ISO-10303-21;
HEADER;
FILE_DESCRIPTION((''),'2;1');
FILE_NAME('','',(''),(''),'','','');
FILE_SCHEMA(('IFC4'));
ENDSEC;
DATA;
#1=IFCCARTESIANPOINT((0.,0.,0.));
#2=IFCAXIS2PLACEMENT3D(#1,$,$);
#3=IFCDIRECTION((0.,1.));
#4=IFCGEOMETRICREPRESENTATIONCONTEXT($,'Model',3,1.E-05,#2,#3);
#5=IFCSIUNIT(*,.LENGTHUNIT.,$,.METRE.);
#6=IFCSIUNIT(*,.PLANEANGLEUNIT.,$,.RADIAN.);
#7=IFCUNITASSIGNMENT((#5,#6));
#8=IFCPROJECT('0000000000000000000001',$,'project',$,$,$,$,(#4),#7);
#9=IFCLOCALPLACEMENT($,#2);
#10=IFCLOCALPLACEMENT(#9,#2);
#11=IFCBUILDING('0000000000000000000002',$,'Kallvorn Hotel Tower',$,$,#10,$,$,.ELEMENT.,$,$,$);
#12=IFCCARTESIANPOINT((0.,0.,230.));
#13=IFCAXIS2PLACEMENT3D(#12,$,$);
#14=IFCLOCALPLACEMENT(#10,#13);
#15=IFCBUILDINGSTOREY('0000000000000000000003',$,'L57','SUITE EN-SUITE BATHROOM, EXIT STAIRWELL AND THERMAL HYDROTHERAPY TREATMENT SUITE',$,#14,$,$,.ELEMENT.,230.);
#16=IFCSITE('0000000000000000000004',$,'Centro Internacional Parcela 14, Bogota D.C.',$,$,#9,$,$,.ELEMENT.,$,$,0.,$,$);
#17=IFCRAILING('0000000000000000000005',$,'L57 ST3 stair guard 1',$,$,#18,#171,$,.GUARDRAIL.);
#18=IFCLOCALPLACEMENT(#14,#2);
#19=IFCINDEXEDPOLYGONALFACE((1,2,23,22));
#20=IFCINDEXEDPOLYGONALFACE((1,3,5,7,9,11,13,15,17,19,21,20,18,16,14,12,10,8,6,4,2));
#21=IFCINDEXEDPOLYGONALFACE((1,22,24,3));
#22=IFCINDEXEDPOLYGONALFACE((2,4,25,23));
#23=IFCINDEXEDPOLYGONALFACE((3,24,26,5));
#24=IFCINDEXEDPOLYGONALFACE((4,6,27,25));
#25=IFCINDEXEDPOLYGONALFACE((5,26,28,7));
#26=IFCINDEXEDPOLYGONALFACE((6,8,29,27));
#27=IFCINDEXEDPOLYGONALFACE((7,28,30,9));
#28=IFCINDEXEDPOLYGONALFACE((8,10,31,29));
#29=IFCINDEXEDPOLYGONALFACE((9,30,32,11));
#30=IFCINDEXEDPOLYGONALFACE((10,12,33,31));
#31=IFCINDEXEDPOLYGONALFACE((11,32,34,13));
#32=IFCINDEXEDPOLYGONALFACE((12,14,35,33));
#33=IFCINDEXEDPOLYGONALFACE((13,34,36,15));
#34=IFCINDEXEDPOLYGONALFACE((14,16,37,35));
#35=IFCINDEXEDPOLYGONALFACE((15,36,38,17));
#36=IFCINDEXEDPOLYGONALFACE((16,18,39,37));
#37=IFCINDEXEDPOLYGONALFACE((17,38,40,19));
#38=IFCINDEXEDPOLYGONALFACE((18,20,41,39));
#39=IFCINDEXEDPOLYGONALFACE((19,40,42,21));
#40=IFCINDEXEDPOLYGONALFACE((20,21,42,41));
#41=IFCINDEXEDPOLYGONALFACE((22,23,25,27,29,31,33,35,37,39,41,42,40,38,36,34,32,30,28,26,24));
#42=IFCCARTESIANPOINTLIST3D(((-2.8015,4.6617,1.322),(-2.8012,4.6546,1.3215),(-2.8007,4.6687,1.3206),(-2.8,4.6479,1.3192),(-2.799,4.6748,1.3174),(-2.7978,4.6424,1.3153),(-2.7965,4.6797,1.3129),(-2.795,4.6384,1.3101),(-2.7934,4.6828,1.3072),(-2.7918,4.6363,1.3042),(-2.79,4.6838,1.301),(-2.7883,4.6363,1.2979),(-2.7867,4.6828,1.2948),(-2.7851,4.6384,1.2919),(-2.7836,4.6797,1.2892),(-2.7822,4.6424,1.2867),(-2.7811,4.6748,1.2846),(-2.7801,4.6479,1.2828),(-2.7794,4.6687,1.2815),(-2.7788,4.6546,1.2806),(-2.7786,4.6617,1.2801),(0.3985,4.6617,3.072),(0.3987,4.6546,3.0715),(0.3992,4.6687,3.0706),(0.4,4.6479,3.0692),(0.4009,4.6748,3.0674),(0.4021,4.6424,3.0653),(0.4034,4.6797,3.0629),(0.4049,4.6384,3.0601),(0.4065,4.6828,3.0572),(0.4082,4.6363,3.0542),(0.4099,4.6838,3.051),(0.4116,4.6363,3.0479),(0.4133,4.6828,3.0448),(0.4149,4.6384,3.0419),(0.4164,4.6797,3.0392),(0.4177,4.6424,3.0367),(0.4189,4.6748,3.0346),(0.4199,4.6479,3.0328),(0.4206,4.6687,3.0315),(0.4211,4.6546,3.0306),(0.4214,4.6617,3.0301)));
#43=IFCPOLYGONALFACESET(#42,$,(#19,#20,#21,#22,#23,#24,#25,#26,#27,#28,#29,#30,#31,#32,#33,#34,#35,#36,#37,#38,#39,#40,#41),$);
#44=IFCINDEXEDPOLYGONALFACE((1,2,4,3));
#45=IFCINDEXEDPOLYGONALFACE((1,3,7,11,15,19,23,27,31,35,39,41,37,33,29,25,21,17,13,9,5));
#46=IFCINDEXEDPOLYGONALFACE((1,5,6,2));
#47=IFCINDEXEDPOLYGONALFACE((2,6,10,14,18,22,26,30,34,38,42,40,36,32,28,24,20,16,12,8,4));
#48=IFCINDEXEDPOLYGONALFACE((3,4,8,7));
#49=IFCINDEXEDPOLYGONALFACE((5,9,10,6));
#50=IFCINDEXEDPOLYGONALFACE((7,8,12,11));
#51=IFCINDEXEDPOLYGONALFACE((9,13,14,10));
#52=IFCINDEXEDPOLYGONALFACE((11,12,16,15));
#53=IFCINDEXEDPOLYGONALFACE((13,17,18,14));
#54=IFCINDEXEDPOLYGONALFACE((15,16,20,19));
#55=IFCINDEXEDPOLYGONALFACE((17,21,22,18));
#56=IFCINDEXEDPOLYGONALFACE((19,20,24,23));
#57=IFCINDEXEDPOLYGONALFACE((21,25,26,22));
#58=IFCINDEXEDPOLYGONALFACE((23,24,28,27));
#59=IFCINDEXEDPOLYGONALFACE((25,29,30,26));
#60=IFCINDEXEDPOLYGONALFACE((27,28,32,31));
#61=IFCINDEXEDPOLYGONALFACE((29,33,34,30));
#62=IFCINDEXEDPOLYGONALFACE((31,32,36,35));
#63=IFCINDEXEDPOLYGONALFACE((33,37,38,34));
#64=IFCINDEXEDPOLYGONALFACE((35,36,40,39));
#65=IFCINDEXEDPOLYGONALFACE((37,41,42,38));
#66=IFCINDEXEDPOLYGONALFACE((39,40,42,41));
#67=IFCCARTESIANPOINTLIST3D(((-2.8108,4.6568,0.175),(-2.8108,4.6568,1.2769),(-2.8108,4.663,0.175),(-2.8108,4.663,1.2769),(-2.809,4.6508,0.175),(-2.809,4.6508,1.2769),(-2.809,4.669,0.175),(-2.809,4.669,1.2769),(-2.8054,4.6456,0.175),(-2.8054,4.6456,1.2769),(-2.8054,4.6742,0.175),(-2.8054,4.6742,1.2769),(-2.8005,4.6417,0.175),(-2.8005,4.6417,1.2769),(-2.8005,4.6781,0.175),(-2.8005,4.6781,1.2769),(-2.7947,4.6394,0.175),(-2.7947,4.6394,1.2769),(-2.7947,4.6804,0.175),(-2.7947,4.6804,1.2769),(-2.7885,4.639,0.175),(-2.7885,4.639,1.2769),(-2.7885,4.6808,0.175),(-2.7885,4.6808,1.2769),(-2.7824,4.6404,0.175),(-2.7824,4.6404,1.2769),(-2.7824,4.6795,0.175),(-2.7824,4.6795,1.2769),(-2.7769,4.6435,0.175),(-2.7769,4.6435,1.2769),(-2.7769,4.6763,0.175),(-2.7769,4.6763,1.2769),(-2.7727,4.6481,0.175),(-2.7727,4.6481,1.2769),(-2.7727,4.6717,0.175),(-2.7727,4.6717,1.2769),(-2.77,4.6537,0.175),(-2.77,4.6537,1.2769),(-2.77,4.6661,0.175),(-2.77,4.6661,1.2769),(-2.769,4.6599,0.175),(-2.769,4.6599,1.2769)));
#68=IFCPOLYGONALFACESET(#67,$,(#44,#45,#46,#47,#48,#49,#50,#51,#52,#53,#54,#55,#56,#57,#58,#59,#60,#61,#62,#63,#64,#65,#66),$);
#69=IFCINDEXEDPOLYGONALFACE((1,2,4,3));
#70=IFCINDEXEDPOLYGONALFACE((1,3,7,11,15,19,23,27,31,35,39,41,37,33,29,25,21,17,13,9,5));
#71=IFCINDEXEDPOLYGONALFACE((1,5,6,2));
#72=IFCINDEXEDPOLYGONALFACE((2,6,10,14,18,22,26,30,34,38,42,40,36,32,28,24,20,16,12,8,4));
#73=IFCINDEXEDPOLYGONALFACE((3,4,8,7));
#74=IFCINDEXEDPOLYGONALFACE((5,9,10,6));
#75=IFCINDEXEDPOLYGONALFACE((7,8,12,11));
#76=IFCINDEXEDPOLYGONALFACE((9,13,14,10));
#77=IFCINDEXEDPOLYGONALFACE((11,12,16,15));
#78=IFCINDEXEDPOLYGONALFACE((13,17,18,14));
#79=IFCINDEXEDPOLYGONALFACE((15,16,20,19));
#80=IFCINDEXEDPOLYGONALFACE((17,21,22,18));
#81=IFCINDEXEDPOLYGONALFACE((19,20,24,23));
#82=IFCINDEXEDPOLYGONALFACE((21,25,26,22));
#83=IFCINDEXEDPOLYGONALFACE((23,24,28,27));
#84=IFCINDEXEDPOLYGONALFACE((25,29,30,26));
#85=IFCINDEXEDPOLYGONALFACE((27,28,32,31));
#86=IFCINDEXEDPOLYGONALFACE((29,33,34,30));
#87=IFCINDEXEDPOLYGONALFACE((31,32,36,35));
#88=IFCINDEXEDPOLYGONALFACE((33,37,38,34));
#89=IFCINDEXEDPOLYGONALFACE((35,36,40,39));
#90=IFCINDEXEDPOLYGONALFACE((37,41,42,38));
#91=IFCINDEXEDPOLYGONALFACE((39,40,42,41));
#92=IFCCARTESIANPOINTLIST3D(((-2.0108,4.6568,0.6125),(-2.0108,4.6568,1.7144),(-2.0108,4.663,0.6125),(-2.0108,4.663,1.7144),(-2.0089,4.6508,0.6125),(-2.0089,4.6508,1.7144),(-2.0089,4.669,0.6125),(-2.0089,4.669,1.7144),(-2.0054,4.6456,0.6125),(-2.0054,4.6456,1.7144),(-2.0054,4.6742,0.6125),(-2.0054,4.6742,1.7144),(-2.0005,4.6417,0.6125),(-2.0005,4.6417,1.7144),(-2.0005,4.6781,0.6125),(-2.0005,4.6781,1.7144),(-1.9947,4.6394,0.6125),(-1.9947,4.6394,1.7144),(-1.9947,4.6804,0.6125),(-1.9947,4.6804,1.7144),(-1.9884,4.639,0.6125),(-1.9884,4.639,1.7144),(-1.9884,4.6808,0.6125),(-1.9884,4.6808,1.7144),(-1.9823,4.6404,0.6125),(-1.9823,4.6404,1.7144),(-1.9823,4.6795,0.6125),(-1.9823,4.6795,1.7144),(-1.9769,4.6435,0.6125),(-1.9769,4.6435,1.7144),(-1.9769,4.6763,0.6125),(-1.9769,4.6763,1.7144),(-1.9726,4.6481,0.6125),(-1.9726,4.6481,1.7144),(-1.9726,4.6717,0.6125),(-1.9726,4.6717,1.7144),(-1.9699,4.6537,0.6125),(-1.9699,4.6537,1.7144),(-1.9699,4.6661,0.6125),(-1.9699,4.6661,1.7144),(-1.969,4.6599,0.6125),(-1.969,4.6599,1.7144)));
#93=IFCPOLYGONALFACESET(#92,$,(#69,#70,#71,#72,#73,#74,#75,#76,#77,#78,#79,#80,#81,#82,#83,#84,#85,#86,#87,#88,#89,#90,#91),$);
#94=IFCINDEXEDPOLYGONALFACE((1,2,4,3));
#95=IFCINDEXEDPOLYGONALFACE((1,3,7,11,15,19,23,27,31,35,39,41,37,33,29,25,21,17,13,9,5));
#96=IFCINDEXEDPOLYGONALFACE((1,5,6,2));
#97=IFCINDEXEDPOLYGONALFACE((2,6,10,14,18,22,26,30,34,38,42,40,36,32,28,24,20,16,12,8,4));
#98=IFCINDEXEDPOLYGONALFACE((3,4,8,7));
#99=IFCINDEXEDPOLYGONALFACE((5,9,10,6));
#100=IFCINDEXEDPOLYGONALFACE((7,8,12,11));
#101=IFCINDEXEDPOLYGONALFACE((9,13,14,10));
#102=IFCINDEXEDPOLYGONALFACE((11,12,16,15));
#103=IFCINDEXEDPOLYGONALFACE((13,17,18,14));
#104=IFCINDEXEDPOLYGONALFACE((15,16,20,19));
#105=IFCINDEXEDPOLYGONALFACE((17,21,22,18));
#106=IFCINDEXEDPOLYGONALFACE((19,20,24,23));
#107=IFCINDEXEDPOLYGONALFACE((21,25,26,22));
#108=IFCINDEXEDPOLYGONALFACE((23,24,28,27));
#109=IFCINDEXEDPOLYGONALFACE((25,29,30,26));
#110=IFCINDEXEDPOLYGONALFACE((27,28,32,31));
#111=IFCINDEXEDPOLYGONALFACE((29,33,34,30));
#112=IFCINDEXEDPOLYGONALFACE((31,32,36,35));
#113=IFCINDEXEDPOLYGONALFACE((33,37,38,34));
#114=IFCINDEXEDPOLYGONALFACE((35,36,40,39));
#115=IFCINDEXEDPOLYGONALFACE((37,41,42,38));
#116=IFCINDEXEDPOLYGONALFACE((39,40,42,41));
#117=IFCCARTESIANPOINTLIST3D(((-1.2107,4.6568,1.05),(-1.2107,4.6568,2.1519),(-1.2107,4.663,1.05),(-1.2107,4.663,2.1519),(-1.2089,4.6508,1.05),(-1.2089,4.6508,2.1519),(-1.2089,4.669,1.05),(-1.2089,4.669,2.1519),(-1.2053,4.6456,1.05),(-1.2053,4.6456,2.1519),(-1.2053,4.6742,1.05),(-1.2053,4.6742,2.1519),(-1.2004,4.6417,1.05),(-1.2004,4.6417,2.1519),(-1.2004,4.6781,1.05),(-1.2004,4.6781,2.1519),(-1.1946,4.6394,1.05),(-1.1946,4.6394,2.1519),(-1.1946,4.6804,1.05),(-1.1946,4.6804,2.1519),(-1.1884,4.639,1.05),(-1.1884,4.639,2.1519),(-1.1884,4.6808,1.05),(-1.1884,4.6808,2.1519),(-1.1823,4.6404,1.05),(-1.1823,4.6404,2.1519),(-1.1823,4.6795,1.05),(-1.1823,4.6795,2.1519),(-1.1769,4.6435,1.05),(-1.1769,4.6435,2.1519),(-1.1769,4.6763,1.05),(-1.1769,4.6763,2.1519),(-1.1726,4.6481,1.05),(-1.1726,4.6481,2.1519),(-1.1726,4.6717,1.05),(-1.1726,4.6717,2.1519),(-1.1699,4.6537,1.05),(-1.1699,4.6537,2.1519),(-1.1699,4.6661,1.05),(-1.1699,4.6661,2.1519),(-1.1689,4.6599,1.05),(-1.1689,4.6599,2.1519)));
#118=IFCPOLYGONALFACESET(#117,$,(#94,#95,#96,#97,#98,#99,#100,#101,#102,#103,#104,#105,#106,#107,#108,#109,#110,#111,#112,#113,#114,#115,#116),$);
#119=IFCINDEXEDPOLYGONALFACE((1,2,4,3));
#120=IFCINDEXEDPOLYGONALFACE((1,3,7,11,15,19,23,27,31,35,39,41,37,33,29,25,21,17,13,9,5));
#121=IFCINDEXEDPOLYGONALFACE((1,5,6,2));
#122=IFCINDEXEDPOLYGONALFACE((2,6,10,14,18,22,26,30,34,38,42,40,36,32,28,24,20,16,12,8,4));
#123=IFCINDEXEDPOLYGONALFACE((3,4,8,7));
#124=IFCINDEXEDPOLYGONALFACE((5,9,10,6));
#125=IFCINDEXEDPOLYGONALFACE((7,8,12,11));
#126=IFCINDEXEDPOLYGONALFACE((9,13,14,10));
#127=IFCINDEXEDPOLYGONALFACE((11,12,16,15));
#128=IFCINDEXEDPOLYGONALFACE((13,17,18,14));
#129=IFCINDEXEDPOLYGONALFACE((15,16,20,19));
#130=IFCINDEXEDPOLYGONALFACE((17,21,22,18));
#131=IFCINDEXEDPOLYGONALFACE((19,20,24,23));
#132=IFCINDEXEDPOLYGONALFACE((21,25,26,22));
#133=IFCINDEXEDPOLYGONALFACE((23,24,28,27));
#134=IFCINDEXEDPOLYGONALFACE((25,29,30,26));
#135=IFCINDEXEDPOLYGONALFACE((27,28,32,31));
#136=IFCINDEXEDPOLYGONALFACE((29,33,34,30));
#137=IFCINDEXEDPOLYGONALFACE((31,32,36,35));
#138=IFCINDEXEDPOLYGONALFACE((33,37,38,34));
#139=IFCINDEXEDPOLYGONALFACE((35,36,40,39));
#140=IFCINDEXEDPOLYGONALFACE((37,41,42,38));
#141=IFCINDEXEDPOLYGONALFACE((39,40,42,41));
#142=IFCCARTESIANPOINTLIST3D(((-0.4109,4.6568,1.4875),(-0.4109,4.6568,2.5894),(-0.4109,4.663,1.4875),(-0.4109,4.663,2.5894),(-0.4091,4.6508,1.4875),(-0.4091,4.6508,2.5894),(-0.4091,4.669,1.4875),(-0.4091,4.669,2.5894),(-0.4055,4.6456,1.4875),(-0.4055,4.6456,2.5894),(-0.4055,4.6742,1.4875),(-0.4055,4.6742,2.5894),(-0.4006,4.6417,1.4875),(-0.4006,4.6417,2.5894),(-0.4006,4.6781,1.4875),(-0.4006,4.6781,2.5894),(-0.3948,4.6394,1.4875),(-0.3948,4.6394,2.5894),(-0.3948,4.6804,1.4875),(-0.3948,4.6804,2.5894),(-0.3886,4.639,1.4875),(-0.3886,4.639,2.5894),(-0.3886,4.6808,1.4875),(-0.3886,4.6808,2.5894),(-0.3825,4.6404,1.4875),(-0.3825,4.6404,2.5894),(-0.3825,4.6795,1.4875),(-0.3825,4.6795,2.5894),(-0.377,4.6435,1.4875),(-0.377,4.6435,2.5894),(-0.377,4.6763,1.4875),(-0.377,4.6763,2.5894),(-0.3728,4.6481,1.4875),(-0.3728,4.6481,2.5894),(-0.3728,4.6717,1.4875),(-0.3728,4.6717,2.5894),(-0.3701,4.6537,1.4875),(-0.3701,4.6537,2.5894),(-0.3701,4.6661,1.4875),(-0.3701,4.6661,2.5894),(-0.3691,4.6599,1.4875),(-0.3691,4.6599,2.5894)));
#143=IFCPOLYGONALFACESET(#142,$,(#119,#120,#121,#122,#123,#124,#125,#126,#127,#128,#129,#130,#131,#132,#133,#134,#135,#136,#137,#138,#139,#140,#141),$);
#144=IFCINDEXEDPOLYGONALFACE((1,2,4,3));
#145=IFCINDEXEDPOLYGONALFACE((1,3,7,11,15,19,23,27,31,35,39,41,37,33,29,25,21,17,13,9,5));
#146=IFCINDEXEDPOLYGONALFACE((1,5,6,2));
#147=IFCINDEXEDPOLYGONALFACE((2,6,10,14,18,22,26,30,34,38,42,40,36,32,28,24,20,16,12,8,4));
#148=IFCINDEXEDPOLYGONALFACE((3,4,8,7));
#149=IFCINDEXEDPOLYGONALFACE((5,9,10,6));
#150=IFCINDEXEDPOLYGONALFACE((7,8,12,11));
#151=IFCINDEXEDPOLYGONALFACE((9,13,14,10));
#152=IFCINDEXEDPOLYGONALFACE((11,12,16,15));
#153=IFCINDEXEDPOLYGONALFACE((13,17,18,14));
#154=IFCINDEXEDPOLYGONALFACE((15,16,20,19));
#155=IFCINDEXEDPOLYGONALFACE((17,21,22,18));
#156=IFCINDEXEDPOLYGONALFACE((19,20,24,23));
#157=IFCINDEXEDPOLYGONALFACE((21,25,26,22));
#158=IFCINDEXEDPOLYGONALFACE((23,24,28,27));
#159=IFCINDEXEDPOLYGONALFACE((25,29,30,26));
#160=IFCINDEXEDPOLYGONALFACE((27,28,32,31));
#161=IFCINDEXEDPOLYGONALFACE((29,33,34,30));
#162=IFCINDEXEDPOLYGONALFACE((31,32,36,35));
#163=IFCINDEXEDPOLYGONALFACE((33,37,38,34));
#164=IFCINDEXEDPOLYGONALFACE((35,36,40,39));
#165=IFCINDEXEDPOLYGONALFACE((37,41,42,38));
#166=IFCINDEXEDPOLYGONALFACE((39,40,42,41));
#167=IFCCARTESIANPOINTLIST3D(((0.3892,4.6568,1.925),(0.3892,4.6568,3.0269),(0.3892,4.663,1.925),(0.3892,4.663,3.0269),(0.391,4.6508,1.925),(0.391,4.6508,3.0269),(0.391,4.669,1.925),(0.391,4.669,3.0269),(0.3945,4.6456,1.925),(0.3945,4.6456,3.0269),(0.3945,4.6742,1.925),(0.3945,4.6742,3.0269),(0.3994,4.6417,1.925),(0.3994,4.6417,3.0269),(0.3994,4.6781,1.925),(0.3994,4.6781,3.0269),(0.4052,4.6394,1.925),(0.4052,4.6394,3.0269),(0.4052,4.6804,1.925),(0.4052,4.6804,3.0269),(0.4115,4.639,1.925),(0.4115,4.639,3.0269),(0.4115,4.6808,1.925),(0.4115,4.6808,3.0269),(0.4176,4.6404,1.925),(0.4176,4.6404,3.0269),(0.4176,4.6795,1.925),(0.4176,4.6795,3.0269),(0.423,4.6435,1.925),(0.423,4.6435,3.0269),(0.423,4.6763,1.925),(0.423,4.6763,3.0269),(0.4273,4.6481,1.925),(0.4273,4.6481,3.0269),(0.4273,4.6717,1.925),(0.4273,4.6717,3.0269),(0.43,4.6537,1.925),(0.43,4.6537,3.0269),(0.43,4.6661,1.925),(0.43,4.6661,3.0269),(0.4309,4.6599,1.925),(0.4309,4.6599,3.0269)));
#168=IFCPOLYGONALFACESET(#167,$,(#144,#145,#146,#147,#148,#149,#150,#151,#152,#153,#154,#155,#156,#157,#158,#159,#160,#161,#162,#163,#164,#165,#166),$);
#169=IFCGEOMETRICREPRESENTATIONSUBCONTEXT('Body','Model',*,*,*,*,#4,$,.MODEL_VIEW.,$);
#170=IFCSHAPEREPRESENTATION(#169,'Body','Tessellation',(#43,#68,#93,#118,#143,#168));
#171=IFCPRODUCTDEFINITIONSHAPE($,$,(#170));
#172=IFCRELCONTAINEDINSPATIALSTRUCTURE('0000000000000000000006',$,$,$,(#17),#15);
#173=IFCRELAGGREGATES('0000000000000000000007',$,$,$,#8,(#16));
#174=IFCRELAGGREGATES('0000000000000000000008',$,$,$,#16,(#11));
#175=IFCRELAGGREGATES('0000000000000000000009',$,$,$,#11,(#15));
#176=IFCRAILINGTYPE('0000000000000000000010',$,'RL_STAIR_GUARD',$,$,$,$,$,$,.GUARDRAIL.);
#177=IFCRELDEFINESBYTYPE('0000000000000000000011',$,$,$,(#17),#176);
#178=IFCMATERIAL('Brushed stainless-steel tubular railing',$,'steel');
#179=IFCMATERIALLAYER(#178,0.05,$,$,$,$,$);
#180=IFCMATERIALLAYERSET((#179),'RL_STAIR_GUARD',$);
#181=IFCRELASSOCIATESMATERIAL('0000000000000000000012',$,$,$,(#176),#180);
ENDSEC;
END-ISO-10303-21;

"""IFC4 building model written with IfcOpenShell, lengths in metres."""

from ifc_helpers import new_model, si_unit, direction, frame, origin, origin_2d, place, context, subcontext, project, spatial, circle, extrude, material, layer, layer_set, type_object, element, save


model = new_model("IFC4")

# Units and contexts
model_context = context("Model", 3, precision=1e-05, world=origin(), true_north=direction((0.0, 1.0)))
body_context = subcontext(model_context, "Body", "Model", "MODEL_VIEW")
ifc_project = project(units=[si_unit("LENGTHUNIT", "METRE"), si_unit("PLANEANGLEUNIT", "RADIAN")], contexts=[model_context])

# Site, building, storey
site_placement = place(None, origin())
site = spatial("IfcSite", under=ifc_project, at=site_placement, Name="Centro Internacional Parcela 14, Bogota D.C.", CompositionType="ELEMENT", RefElevation=0.0)
building_placement = place(site_placement, origin())
building = spatial("IfcBuilding", under=site, at=building_placement, Name="Kallvorn Hotel Tower", CompositionType="ELEMENT")
storey_placement = place(building_placement, frame((0.0, 0.0, 230.0)))
storey = spatial("IfcBuildingStorey", under=building, at=storey_placement, Name="L57", Description="SUITE EN-SUITE BATHROOM, EXIT STAIRWELL AND THERMAL HYDROTHERAPY TREATMENT SUITE", CompositionType="ELEMENT", Elevation=230.0)

# Railing
ifc_material_1 = material(Name="Brushed stainless-steel tubular railing", Category="steel")
ifc_layer_1 = layer(ifc_material_1, 0.05)
ifc_layer_set_1 = layer_set([ifc_layer_1], Name="RL_STAIR_GUARD")
railing_type_1 = type_object("IfcRailingType", Name="RL_STAIR_GUARD", PredefinedType="GUARDRAIL", material=ifc_layer_set_1)
railing_1_placement = place(storey_placement, frame((-2.79, 4.6599, 0.175)))
element("IfcRailing", 1, at=railing_1_placement, inside=storey, type_object=railing_type_1, Name="L57 ST3 stair guard 1", PredefinedType="GUARDRAIL", context=body_context, shape_type="SweptSolid", body=[
    extrude(circle(Radius=0.0239, at=origin_2d()), frame((0.0, 0.0, 1.126), z_axis=(0.877368, 0.0, 0.479818), x_axis=(0.0, 1.0, 0.0)), (0.0, 0.0, 1.0), 3.6472),
    extrude(circle(Radius=0.021, at=origin_2d()), origin(), (0.0, 0.0, 1.0), 1.1018),
    extrude(circle(Radius=0.021, at=origin_2d()), frame((0.8, 0.0, 0.4375)), (0.0, 0.0, 1.0), 1.1018),
    extrude(circle(Radius=0.021, at=origin_2d()), frame((1.6001, 0.0, 0.875)), (0.0, 0.0, 1.0), 1.1018),
    extrude(circle(Radius=0.021, at=origin_2d()), frame((2.3999, 0.0, 1.3125)), (0.0, 0.0, 1.0), 1.1018),
    extrude(circle(Radius=0.021, at=origin_2d()), frame((3.2, 0.0, 1.75)), (0.0, 0.0, 1.0), 1.1018),
])

save(model, "model.ifc")
